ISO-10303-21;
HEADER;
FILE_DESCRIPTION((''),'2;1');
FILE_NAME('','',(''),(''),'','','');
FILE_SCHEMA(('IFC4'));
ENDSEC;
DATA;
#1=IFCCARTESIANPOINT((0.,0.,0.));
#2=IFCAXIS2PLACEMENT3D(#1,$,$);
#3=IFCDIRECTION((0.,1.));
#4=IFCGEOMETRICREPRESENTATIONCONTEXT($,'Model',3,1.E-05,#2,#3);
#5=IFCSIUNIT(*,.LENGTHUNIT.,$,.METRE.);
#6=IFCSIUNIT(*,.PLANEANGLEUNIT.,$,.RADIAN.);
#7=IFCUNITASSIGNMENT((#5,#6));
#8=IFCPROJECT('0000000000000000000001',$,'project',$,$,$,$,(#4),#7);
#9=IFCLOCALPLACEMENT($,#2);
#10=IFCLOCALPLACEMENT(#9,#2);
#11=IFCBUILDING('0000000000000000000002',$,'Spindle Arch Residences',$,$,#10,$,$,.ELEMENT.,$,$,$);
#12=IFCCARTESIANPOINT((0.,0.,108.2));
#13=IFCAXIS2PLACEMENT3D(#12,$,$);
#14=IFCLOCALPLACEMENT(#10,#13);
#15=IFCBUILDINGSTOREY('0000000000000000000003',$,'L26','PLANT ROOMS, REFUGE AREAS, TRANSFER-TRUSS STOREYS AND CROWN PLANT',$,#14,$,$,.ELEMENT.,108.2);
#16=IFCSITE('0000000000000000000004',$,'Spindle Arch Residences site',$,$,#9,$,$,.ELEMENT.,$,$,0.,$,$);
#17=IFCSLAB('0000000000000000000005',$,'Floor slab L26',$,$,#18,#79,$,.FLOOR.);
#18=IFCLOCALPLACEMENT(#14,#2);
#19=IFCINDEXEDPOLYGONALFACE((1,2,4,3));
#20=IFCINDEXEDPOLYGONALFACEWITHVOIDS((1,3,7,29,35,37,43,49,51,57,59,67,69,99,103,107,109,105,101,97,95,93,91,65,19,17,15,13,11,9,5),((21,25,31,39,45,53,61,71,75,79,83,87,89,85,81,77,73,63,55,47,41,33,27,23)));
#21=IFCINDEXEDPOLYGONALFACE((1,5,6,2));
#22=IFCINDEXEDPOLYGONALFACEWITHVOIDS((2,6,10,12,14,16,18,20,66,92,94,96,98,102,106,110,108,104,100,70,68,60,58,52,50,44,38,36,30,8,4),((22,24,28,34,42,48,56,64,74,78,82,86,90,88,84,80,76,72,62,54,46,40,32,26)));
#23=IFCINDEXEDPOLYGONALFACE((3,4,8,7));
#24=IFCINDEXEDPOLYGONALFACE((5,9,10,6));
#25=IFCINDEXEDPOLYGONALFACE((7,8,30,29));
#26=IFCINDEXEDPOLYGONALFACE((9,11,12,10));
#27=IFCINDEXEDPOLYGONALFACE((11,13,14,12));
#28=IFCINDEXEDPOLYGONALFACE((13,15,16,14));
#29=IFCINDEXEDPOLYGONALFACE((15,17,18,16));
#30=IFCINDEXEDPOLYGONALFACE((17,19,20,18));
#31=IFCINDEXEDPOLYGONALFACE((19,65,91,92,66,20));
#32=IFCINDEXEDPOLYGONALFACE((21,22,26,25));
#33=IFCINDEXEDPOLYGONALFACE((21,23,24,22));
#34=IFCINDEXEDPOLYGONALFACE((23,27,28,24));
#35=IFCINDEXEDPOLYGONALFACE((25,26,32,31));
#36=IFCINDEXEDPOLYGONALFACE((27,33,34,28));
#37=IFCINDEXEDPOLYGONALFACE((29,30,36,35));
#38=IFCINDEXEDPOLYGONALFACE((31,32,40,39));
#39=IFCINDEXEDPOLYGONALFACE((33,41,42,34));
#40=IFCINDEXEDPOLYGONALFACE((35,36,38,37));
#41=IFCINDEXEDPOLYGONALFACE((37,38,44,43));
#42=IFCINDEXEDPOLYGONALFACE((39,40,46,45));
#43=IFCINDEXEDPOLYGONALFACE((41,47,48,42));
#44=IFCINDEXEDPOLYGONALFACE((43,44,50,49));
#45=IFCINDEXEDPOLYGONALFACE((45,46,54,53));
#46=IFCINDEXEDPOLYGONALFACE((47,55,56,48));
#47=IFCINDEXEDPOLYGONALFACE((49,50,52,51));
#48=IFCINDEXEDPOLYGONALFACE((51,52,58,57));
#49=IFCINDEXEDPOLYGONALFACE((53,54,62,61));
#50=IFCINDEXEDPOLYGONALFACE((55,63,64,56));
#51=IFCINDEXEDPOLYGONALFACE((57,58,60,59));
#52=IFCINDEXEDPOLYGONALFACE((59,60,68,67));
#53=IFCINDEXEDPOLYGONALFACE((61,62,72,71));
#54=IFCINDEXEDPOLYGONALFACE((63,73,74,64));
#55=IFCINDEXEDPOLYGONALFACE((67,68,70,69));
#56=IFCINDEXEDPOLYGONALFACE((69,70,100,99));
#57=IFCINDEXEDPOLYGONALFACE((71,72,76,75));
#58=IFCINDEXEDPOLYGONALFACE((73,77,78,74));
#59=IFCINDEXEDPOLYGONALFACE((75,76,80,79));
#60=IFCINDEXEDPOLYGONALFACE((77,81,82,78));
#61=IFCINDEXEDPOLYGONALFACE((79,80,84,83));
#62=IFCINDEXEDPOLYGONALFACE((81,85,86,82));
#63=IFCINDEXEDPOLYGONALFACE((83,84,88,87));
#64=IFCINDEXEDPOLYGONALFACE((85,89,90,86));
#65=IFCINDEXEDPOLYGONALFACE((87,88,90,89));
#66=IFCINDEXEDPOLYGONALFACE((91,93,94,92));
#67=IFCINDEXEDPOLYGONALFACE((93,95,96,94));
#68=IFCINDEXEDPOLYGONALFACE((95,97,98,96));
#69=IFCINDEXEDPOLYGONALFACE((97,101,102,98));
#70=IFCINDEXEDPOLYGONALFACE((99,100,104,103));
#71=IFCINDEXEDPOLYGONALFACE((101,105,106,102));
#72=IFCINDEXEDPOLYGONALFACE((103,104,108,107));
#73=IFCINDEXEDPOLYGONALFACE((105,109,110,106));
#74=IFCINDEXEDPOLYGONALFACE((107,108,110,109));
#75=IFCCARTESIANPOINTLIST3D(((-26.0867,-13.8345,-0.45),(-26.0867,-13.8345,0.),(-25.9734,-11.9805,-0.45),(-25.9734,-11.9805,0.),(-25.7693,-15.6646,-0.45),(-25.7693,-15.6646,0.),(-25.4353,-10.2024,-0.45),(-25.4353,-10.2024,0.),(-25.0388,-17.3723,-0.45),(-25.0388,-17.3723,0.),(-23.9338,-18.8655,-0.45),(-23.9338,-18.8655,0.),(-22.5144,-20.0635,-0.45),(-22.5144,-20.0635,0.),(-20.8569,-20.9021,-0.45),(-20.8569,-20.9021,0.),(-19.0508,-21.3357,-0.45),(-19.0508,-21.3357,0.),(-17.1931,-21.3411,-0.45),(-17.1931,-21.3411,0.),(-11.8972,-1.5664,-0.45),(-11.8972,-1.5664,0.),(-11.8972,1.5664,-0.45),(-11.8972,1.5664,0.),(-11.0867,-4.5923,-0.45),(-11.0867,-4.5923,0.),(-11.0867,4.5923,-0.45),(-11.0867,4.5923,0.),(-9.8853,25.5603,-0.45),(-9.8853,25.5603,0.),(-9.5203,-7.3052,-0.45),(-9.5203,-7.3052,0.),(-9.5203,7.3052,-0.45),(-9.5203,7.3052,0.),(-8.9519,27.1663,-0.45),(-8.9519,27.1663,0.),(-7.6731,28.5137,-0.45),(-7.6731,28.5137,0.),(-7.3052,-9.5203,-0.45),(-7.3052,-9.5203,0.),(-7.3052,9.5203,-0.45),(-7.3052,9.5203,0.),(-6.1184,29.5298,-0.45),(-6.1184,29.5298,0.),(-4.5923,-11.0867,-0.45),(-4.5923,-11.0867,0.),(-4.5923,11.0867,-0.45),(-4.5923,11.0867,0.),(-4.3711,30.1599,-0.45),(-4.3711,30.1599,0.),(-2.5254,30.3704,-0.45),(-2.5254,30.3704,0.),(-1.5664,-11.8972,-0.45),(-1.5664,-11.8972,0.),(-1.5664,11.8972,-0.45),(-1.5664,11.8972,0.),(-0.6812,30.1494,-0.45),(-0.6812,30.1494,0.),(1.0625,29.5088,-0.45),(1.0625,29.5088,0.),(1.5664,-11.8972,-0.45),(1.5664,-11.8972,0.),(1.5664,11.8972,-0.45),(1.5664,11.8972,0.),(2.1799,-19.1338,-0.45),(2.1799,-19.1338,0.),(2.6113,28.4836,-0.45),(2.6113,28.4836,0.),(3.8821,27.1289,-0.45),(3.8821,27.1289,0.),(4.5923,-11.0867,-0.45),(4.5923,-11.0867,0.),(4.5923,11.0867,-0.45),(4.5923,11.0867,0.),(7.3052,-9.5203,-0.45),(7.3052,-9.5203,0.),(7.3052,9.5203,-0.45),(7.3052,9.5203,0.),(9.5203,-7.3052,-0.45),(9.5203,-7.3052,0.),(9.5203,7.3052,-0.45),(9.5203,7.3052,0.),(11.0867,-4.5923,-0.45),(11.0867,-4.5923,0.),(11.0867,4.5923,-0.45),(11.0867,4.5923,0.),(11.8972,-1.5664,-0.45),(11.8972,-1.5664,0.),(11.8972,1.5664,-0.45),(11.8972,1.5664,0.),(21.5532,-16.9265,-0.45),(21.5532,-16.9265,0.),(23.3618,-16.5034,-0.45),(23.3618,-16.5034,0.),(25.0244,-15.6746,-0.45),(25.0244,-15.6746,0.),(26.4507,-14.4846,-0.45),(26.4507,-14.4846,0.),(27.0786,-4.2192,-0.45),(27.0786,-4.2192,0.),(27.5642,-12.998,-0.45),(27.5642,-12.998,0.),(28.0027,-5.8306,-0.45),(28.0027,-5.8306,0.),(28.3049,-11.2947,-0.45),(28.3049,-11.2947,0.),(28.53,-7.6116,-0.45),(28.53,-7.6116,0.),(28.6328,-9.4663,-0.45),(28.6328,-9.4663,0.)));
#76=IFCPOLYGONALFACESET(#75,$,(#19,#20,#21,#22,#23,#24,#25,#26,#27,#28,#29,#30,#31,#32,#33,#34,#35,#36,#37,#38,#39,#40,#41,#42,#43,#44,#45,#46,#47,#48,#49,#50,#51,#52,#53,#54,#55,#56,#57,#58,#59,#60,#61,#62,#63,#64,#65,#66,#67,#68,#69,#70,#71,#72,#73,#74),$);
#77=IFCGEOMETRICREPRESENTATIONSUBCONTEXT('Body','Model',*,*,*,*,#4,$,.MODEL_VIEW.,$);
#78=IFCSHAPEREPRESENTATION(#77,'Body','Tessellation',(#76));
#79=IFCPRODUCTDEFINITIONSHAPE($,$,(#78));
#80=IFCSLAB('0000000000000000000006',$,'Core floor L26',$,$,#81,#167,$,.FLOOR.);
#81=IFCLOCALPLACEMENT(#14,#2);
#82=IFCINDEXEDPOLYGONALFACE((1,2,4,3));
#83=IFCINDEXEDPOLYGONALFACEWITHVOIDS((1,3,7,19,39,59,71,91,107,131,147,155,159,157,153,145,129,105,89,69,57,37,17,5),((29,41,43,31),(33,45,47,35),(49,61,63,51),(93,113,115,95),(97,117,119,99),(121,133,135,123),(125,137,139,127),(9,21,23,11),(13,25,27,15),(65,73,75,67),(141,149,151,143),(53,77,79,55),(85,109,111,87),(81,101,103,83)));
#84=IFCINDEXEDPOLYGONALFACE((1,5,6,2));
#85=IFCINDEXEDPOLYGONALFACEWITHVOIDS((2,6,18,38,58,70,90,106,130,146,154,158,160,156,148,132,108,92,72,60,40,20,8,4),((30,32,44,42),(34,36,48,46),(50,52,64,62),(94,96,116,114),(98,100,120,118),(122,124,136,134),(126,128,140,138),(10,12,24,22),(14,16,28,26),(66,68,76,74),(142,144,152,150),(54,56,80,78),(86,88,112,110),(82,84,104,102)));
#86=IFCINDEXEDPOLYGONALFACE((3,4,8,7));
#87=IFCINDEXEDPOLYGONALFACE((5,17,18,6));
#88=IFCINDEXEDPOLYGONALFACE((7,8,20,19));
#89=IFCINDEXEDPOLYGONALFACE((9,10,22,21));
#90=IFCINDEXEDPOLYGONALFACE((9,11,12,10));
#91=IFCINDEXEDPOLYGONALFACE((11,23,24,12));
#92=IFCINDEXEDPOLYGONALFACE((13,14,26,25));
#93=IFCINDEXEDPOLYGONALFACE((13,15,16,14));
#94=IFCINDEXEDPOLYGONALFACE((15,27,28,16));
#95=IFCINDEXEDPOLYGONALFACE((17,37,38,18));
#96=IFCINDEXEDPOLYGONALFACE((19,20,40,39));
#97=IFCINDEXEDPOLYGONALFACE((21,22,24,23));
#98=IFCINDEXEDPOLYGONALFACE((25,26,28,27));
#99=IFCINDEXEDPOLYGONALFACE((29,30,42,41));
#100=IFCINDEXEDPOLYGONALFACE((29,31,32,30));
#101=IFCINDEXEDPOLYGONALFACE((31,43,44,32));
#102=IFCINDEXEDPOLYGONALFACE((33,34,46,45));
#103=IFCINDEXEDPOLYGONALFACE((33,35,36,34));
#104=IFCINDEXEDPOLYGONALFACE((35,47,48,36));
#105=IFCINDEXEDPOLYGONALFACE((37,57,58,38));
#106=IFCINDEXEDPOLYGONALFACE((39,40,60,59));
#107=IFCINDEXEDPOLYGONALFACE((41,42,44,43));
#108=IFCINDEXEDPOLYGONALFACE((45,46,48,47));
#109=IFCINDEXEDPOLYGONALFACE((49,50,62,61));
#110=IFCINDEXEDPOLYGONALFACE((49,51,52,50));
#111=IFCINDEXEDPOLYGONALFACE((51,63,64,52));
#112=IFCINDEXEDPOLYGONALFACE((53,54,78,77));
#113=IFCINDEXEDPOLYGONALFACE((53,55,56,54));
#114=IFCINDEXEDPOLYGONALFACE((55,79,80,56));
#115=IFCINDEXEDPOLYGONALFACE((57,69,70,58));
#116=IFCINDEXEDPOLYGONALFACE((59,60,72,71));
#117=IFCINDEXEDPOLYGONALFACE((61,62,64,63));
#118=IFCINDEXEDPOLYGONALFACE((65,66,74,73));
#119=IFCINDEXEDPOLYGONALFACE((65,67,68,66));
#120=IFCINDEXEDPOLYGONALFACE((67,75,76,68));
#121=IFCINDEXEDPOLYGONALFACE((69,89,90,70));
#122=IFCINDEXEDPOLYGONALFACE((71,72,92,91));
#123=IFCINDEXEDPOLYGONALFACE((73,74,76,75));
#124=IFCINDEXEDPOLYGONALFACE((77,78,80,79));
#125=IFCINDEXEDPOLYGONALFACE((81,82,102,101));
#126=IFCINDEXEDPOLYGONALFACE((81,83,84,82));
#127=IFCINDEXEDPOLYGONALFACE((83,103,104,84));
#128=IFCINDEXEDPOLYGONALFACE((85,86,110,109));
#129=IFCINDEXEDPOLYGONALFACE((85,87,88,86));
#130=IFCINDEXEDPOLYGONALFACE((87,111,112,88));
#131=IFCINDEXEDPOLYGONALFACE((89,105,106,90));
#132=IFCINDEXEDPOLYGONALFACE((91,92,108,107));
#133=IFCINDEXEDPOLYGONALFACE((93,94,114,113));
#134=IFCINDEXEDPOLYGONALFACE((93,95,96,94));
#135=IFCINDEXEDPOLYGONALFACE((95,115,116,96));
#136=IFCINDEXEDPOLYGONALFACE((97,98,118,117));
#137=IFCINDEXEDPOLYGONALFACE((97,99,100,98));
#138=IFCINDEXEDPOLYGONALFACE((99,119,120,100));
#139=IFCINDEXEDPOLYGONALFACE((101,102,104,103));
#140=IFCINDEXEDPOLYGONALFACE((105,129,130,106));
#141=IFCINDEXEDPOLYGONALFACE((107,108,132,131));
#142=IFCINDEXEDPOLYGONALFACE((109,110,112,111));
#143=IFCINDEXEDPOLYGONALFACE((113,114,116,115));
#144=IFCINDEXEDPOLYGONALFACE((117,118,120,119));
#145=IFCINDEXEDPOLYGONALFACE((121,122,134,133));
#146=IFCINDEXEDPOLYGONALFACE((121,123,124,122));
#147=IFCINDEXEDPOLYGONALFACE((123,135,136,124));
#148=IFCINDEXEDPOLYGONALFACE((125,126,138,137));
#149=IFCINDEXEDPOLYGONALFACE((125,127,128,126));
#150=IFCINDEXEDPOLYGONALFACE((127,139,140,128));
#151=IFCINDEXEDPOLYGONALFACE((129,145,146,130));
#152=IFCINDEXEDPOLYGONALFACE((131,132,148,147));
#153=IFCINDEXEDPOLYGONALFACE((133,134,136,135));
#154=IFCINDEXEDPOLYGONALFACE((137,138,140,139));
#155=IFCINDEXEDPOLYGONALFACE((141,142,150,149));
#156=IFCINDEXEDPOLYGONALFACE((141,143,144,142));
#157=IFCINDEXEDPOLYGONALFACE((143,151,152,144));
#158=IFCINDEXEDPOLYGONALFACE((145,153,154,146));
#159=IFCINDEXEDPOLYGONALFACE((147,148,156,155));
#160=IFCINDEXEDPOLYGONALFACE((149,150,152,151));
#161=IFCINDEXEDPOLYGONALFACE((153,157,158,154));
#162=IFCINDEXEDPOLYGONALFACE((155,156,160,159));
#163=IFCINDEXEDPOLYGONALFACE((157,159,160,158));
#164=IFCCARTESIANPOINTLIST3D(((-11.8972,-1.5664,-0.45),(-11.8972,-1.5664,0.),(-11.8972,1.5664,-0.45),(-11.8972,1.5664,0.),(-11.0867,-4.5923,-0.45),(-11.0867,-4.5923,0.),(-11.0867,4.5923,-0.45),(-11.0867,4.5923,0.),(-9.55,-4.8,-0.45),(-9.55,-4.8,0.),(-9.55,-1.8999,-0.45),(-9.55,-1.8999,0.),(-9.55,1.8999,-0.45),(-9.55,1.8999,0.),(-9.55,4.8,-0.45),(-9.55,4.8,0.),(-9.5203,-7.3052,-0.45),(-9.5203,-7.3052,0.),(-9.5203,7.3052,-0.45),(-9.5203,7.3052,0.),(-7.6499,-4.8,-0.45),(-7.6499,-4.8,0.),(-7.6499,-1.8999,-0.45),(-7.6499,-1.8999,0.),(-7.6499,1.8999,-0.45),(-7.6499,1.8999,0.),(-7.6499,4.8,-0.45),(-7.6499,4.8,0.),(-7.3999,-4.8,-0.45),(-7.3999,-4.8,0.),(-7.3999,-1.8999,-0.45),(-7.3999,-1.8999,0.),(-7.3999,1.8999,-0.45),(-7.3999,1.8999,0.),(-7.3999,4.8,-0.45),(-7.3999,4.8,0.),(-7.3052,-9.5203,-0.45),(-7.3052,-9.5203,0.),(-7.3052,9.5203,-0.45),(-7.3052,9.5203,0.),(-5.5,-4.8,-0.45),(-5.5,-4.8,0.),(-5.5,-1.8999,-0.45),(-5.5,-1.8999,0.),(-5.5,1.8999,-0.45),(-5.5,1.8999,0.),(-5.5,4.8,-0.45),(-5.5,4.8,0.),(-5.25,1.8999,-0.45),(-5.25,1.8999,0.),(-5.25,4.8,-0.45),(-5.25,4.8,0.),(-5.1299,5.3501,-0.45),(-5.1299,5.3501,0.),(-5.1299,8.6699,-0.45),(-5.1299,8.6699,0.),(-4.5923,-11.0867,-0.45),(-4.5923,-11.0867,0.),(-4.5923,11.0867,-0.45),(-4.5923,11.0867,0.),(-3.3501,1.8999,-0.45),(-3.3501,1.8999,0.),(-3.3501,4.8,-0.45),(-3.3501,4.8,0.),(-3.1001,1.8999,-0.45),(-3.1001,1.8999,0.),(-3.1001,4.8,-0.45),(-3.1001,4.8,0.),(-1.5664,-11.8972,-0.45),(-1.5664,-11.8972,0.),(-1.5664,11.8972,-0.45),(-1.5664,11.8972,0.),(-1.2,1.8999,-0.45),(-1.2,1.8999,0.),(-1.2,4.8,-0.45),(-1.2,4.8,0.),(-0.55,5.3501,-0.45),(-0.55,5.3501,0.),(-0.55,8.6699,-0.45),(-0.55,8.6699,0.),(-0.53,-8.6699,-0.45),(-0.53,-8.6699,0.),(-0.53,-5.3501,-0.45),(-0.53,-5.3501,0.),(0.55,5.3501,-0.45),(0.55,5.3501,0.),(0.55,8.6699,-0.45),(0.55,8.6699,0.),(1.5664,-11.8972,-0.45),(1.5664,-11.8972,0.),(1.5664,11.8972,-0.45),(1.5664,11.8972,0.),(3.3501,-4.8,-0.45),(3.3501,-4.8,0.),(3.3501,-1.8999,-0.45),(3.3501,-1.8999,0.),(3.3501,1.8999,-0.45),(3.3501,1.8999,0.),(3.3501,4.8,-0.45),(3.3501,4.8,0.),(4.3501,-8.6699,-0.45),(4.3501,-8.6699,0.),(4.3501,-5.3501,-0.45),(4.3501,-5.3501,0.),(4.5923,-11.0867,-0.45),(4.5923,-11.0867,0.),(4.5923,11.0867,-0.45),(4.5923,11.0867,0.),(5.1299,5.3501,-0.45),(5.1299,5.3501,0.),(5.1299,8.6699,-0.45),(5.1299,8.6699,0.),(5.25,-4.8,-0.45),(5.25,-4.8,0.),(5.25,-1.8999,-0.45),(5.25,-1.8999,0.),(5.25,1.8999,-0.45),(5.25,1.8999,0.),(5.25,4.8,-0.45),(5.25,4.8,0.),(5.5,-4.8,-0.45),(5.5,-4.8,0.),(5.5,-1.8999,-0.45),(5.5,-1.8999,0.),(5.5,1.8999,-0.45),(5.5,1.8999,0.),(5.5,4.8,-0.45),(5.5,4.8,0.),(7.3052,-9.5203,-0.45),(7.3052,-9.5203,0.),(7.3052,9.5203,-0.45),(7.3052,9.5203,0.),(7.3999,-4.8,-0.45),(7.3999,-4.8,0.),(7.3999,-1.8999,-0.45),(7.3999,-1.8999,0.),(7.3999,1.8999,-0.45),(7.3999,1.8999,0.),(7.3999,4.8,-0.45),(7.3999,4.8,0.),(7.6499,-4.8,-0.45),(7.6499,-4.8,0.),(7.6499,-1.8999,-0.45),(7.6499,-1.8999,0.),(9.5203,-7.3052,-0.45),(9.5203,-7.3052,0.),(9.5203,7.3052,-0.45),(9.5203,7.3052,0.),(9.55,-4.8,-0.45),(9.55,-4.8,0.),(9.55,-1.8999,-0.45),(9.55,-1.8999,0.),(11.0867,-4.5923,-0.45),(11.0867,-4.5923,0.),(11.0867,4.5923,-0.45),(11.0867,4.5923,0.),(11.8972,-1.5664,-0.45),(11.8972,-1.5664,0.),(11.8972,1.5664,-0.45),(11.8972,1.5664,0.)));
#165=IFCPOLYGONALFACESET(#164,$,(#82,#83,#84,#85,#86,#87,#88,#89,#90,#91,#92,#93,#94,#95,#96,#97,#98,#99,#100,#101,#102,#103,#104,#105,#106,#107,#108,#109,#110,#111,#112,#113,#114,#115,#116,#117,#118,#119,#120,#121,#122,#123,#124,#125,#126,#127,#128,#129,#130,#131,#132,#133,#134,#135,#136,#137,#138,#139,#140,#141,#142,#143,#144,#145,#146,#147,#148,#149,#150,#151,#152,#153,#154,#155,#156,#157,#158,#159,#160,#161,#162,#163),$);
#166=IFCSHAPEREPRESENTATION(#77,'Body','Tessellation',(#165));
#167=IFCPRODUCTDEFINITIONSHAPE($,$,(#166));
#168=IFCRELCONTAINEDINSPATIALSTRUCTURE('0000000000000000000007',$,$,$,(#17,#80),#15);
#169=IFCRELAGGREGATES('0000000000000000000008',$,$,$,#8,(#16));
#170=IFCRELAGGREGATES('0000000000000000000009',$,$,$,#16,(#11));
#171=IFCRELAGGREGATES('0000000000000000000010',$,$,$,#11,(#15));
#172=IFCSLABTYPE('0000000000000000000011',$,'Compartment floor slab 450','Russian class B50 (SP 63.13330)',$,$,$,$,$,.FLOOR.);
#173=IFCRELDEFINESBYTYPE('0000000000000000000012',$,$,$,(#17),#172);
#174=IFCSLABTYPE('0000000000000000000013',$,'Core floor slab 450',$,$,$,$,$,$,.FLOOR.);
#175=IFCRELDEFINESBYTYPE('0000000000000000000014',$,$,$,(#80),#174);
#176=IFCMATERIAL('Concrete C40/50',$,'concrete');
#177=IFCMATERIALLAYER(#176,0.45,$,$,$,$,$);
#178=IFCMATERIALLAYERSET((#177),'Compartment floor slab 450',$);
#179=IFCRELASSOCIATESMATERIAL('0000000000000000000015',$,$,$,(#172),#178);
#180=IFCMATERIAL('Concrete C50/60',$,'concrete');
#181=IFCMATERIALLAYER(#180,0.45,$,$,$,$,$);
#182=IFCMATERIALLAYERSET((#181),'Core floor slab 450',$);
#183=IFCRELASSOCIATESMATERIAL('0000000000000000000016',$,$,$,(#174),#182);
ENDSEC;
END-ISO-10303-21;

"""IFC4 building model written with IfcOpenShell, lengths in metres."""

from ifc_helpers import new_model, si_unit, direction, frame, origin, place, context, subcontext, project, spatial, polyline, outline, extrude, material, layer, layer_set, type_object, element, save


model = new_model("IFC4")

# Units and contexts
model_context = context("Model", 3, precision=1e-05, world=origin(), true_north=direction((0.0, 1.0)))
body_context = subcontext(model_context, "Body", "Model", "MODEL_VIEW")
ifc_project = project(units=[si_unit("LENGTHUNIT", "METRE"), si_unit("PLANEANGLEUNIT", "RADIAN")], contexts=[model_context])

# Site, building, storey
site_placement = place(None, origin())
site = spatial("IfcSite", under=ifc_project, at=site_placement, Name="Spindle Arch Residences site", CompositionType="ELEMENT", RefElevation=0.0)
building_placement = place(site_placement, origin())
building = spatial("IfcBuilding", under=site, at=building_placement, Name="Spindle Arch Residences", CompositionType="ELEMENT")
storey_placement = place(building_placement, frame((0.0, 0.0, 108.2)))
storey = spatial("IfcBuildingStorey", under=building, at=storey_placement, Name="L26", Description="PLANT ROOMS, REFUGE AREAS, TRANSFER-TRUSS STOREYS AND CROWN PLANT", CompositionType="ELEMENT", Elevation=108.2)

# Slabs
ifc_material_1 = material(Name="Concrete C40/50", Category="concrete")
ifc_layer_1 = layer(ifc_material_1, 0.45)
ifc_layer_set_1 = layer_set([ifc_layer_1], Name="Compartment floor slab 450")
slab_type_1 = type_object("IfcSlabType", Name="Compartment floor slab 450", Description="Russian class B50 (SP 63.13330)", PredefinedType="FLOOR", material=ifc_layer_set_1)
slab_1_placement = place(storey_placement, frame((0.0, 0.0, -0.45)))
element("IfcSlab", 1, at=slab_1_placement, inside=storey, type_object=slab_type_1, Name="Floor slab L26", PredefinedType="FLOOR", context=body_context, shape_type="SweptSolid", body=[
    extrude(outline(polyline([(-17.1931, -21.3411), (-19.0508, -21.3357), (-20.8569, -20.9021), (-22.5144, -20.0635), (-23.9338, -18.8655), (-25.0388, -17.3723), (-25.7693, -15.6646), (-26.0867, -13.8345), (-25.9734, -11.9805), (-25.4353, -10.2024), (-9.8853, 25.5603), (-8.9519, 27.1663), (-7.6731, 28.5137), (-6.1184, 29.5298), (-4.3711, 30.1599), (-2.5254, 30.3704), (-0.6812, 30.1494), (1.0625, 29.5088), (2.6113, 28.4836), (3.8821, 27.1289), (27.0786, -4.2192), (28.0027, -5.8306), (28.53, -7.6116), (28.6328, -9.4663), (28.3049, -11.2947), (27.5642, -12.998), (26.4507, -14.4846), (25.0244, -15.6746), (23.3618, -16.5034), (21.5532, -16.9265), (2.1799, -19.1338), (-17.1931, -21.3411)]), holes=[polyline([(4.5923, -11.0867), (7.3052, -9.5203), (9.5203, -7.3052), (11.0867, -4.5923), (11.8972, -1.5664), (11.8972, 1.5664), (11.0867, 4.5923), (9.5203, 7.3052), (7.3052, 9.5203), (4.5923, 11.0867), (1.5664, 11.8972), (-1.5664, 11.8972), (-4.5923, 11.0867), (-7.3052, 9.5203), (-9.5203, 7.3052), (-11.0867, 4.5923), (-11.8972, 1.5664), (-11.8972, -1.5664), (-11.0867, -4.5923), (-9.5203, -7.3052), (-7.3052, -9.5203), (-4.5923, -11.0867), (-1.5664, -11.8972), (1.5664, -11.8972), (4.5923, -11.0867)])]), origin(), (0.0, 0.0, 1.0), 0.45),
])
ifc_material_2 = material(Name="Concrete C50/60", Category="concrete")
ifc_layer_2 = layer(ifc_material_2, 0.45)
ifc_layer_set_2 = layer_set([ifc_layer_2], Name="Core floor slab 450")
slab_type_2 = type_object("IfcSlabType", Name="Core floor slab 450", PredefinedType="FLOOR", material=ifc_layer_set_2)
slab_2_placement = place(storey_placement, frame((0.0, 0.0, -0.45)))
element("IfcSlab", 2, at=slab_2_placement, inside=storey, type_object=slab_type_2, Name="Core floor L26", PredefinedType="FLOOR", context=body_context, shape_type="SweptSolid", body=[
    extrude(outline(polyline([(1.5664, -11.8972), (4.5923, -11.0867), (7.3052, -9.5203), (9.5203, -7.3052), (11.0867, -4.5923), (11.8972, -1.5664), (11.8972, 1.5664), (11.0867, 4.5923), (9.5203, 7.3052), (7.3052, 9.5203), (4.5923, 11.0867), (1.5664, 11.8972), (-1.5664, 11.8972), (-4.5923, 11.0867), (-7.3052, 9.5203), (-9.5203, 7.3052), (-11.0867, 4.5923), (-11.8972, 1.5664), (-11.8972, -1.5664), (-11.0867, -4.5923), (-9.5203, -7.3052), (-7.3052, -9.5203), (-4.5923, -11.0867), (-1.5664, -11.8972), (1.5664, -11.8972)]), holes=[polyline([(-9.55, 1.8999), (-7.6499, 1.8999), (-7.6499, 4.8), (-9.55, 4.8), (-9.55, 1.8999)]), polyline([(-7.3999, 1.8999), (-5.5, 1.8999), (-5.5, 4.8), (-7.3999, 4.8), (-7.3999, 1.8999)]), polyline([(-5.25, 1.8999), (-3.3501, 1.8999), (-3.3501, 4.8), (-5.25, 4.8), (-5.25, 1.8999)]), polyline([(-3.1001, 1.8999), (-1.2, 1.8999), (-1.2, 4.8), (-3.1001, 4.8), (-3.1001, 1.8999)]), polyline([(3.3501, 1.8999), (5.25, 1.8999), (5.25, 4.8), (3.3501, 4.8), (3.3501, 1.8999)]), polyline([(5.5, 1.8999), (7.3999, 1.8999), (7.3999, 4.8), (5.5, 4.8), (5.5, 1.8999)]), polyline([(-9.55, -4.8), (-7.6499, -4.8), (-7.6499, -1.8999), (-9.55, -1.8999), (-9.55, -4.8)]), polyline([(-7.3999, -4.8), (-5.5, -4.8), (-5.5, -1.8999), (-7.3999, -1.8999), (-7.3999, -4.8)]), polyline([(3.3501, -4.8), (5.25, -4.8), (5.25, -1.8999), (3.3501, -1.8999), (3.3501, -4.8)]), polyline([(5.5, -4.8), (7.3999, -4.8), (7.3999, -1.8999), (5.5, -1.8999), (5.5, -4.8)]), polyline([(7.6499, -4.8), (9.55, -4.8), (9.55, -1.8999), (7.6499, -1.8999), (7.6499, -4.8)]), polyline([(5.1299, 8.6699), (0.55, 8.6699), (0.55, 5.3501), (5.1299, 5.3501), (5.1299, 8.6699)]), polyline([(-5.1299, 5.3501), (-0.55, 5.3501), (-0.55, 8.6699), (-5.1299, 8.6699), (-5.1299, 5.3501)]), polyline([(-0.53, -8.6699), (4.3501, -8.6699), (4.3501, -5.3501), (-0.53, -5.3501), (-0.53, -8.6699)])]), origin(), (0.0, 0.0, 1.0), 0.45),
])

save(model, "model.ifc")
